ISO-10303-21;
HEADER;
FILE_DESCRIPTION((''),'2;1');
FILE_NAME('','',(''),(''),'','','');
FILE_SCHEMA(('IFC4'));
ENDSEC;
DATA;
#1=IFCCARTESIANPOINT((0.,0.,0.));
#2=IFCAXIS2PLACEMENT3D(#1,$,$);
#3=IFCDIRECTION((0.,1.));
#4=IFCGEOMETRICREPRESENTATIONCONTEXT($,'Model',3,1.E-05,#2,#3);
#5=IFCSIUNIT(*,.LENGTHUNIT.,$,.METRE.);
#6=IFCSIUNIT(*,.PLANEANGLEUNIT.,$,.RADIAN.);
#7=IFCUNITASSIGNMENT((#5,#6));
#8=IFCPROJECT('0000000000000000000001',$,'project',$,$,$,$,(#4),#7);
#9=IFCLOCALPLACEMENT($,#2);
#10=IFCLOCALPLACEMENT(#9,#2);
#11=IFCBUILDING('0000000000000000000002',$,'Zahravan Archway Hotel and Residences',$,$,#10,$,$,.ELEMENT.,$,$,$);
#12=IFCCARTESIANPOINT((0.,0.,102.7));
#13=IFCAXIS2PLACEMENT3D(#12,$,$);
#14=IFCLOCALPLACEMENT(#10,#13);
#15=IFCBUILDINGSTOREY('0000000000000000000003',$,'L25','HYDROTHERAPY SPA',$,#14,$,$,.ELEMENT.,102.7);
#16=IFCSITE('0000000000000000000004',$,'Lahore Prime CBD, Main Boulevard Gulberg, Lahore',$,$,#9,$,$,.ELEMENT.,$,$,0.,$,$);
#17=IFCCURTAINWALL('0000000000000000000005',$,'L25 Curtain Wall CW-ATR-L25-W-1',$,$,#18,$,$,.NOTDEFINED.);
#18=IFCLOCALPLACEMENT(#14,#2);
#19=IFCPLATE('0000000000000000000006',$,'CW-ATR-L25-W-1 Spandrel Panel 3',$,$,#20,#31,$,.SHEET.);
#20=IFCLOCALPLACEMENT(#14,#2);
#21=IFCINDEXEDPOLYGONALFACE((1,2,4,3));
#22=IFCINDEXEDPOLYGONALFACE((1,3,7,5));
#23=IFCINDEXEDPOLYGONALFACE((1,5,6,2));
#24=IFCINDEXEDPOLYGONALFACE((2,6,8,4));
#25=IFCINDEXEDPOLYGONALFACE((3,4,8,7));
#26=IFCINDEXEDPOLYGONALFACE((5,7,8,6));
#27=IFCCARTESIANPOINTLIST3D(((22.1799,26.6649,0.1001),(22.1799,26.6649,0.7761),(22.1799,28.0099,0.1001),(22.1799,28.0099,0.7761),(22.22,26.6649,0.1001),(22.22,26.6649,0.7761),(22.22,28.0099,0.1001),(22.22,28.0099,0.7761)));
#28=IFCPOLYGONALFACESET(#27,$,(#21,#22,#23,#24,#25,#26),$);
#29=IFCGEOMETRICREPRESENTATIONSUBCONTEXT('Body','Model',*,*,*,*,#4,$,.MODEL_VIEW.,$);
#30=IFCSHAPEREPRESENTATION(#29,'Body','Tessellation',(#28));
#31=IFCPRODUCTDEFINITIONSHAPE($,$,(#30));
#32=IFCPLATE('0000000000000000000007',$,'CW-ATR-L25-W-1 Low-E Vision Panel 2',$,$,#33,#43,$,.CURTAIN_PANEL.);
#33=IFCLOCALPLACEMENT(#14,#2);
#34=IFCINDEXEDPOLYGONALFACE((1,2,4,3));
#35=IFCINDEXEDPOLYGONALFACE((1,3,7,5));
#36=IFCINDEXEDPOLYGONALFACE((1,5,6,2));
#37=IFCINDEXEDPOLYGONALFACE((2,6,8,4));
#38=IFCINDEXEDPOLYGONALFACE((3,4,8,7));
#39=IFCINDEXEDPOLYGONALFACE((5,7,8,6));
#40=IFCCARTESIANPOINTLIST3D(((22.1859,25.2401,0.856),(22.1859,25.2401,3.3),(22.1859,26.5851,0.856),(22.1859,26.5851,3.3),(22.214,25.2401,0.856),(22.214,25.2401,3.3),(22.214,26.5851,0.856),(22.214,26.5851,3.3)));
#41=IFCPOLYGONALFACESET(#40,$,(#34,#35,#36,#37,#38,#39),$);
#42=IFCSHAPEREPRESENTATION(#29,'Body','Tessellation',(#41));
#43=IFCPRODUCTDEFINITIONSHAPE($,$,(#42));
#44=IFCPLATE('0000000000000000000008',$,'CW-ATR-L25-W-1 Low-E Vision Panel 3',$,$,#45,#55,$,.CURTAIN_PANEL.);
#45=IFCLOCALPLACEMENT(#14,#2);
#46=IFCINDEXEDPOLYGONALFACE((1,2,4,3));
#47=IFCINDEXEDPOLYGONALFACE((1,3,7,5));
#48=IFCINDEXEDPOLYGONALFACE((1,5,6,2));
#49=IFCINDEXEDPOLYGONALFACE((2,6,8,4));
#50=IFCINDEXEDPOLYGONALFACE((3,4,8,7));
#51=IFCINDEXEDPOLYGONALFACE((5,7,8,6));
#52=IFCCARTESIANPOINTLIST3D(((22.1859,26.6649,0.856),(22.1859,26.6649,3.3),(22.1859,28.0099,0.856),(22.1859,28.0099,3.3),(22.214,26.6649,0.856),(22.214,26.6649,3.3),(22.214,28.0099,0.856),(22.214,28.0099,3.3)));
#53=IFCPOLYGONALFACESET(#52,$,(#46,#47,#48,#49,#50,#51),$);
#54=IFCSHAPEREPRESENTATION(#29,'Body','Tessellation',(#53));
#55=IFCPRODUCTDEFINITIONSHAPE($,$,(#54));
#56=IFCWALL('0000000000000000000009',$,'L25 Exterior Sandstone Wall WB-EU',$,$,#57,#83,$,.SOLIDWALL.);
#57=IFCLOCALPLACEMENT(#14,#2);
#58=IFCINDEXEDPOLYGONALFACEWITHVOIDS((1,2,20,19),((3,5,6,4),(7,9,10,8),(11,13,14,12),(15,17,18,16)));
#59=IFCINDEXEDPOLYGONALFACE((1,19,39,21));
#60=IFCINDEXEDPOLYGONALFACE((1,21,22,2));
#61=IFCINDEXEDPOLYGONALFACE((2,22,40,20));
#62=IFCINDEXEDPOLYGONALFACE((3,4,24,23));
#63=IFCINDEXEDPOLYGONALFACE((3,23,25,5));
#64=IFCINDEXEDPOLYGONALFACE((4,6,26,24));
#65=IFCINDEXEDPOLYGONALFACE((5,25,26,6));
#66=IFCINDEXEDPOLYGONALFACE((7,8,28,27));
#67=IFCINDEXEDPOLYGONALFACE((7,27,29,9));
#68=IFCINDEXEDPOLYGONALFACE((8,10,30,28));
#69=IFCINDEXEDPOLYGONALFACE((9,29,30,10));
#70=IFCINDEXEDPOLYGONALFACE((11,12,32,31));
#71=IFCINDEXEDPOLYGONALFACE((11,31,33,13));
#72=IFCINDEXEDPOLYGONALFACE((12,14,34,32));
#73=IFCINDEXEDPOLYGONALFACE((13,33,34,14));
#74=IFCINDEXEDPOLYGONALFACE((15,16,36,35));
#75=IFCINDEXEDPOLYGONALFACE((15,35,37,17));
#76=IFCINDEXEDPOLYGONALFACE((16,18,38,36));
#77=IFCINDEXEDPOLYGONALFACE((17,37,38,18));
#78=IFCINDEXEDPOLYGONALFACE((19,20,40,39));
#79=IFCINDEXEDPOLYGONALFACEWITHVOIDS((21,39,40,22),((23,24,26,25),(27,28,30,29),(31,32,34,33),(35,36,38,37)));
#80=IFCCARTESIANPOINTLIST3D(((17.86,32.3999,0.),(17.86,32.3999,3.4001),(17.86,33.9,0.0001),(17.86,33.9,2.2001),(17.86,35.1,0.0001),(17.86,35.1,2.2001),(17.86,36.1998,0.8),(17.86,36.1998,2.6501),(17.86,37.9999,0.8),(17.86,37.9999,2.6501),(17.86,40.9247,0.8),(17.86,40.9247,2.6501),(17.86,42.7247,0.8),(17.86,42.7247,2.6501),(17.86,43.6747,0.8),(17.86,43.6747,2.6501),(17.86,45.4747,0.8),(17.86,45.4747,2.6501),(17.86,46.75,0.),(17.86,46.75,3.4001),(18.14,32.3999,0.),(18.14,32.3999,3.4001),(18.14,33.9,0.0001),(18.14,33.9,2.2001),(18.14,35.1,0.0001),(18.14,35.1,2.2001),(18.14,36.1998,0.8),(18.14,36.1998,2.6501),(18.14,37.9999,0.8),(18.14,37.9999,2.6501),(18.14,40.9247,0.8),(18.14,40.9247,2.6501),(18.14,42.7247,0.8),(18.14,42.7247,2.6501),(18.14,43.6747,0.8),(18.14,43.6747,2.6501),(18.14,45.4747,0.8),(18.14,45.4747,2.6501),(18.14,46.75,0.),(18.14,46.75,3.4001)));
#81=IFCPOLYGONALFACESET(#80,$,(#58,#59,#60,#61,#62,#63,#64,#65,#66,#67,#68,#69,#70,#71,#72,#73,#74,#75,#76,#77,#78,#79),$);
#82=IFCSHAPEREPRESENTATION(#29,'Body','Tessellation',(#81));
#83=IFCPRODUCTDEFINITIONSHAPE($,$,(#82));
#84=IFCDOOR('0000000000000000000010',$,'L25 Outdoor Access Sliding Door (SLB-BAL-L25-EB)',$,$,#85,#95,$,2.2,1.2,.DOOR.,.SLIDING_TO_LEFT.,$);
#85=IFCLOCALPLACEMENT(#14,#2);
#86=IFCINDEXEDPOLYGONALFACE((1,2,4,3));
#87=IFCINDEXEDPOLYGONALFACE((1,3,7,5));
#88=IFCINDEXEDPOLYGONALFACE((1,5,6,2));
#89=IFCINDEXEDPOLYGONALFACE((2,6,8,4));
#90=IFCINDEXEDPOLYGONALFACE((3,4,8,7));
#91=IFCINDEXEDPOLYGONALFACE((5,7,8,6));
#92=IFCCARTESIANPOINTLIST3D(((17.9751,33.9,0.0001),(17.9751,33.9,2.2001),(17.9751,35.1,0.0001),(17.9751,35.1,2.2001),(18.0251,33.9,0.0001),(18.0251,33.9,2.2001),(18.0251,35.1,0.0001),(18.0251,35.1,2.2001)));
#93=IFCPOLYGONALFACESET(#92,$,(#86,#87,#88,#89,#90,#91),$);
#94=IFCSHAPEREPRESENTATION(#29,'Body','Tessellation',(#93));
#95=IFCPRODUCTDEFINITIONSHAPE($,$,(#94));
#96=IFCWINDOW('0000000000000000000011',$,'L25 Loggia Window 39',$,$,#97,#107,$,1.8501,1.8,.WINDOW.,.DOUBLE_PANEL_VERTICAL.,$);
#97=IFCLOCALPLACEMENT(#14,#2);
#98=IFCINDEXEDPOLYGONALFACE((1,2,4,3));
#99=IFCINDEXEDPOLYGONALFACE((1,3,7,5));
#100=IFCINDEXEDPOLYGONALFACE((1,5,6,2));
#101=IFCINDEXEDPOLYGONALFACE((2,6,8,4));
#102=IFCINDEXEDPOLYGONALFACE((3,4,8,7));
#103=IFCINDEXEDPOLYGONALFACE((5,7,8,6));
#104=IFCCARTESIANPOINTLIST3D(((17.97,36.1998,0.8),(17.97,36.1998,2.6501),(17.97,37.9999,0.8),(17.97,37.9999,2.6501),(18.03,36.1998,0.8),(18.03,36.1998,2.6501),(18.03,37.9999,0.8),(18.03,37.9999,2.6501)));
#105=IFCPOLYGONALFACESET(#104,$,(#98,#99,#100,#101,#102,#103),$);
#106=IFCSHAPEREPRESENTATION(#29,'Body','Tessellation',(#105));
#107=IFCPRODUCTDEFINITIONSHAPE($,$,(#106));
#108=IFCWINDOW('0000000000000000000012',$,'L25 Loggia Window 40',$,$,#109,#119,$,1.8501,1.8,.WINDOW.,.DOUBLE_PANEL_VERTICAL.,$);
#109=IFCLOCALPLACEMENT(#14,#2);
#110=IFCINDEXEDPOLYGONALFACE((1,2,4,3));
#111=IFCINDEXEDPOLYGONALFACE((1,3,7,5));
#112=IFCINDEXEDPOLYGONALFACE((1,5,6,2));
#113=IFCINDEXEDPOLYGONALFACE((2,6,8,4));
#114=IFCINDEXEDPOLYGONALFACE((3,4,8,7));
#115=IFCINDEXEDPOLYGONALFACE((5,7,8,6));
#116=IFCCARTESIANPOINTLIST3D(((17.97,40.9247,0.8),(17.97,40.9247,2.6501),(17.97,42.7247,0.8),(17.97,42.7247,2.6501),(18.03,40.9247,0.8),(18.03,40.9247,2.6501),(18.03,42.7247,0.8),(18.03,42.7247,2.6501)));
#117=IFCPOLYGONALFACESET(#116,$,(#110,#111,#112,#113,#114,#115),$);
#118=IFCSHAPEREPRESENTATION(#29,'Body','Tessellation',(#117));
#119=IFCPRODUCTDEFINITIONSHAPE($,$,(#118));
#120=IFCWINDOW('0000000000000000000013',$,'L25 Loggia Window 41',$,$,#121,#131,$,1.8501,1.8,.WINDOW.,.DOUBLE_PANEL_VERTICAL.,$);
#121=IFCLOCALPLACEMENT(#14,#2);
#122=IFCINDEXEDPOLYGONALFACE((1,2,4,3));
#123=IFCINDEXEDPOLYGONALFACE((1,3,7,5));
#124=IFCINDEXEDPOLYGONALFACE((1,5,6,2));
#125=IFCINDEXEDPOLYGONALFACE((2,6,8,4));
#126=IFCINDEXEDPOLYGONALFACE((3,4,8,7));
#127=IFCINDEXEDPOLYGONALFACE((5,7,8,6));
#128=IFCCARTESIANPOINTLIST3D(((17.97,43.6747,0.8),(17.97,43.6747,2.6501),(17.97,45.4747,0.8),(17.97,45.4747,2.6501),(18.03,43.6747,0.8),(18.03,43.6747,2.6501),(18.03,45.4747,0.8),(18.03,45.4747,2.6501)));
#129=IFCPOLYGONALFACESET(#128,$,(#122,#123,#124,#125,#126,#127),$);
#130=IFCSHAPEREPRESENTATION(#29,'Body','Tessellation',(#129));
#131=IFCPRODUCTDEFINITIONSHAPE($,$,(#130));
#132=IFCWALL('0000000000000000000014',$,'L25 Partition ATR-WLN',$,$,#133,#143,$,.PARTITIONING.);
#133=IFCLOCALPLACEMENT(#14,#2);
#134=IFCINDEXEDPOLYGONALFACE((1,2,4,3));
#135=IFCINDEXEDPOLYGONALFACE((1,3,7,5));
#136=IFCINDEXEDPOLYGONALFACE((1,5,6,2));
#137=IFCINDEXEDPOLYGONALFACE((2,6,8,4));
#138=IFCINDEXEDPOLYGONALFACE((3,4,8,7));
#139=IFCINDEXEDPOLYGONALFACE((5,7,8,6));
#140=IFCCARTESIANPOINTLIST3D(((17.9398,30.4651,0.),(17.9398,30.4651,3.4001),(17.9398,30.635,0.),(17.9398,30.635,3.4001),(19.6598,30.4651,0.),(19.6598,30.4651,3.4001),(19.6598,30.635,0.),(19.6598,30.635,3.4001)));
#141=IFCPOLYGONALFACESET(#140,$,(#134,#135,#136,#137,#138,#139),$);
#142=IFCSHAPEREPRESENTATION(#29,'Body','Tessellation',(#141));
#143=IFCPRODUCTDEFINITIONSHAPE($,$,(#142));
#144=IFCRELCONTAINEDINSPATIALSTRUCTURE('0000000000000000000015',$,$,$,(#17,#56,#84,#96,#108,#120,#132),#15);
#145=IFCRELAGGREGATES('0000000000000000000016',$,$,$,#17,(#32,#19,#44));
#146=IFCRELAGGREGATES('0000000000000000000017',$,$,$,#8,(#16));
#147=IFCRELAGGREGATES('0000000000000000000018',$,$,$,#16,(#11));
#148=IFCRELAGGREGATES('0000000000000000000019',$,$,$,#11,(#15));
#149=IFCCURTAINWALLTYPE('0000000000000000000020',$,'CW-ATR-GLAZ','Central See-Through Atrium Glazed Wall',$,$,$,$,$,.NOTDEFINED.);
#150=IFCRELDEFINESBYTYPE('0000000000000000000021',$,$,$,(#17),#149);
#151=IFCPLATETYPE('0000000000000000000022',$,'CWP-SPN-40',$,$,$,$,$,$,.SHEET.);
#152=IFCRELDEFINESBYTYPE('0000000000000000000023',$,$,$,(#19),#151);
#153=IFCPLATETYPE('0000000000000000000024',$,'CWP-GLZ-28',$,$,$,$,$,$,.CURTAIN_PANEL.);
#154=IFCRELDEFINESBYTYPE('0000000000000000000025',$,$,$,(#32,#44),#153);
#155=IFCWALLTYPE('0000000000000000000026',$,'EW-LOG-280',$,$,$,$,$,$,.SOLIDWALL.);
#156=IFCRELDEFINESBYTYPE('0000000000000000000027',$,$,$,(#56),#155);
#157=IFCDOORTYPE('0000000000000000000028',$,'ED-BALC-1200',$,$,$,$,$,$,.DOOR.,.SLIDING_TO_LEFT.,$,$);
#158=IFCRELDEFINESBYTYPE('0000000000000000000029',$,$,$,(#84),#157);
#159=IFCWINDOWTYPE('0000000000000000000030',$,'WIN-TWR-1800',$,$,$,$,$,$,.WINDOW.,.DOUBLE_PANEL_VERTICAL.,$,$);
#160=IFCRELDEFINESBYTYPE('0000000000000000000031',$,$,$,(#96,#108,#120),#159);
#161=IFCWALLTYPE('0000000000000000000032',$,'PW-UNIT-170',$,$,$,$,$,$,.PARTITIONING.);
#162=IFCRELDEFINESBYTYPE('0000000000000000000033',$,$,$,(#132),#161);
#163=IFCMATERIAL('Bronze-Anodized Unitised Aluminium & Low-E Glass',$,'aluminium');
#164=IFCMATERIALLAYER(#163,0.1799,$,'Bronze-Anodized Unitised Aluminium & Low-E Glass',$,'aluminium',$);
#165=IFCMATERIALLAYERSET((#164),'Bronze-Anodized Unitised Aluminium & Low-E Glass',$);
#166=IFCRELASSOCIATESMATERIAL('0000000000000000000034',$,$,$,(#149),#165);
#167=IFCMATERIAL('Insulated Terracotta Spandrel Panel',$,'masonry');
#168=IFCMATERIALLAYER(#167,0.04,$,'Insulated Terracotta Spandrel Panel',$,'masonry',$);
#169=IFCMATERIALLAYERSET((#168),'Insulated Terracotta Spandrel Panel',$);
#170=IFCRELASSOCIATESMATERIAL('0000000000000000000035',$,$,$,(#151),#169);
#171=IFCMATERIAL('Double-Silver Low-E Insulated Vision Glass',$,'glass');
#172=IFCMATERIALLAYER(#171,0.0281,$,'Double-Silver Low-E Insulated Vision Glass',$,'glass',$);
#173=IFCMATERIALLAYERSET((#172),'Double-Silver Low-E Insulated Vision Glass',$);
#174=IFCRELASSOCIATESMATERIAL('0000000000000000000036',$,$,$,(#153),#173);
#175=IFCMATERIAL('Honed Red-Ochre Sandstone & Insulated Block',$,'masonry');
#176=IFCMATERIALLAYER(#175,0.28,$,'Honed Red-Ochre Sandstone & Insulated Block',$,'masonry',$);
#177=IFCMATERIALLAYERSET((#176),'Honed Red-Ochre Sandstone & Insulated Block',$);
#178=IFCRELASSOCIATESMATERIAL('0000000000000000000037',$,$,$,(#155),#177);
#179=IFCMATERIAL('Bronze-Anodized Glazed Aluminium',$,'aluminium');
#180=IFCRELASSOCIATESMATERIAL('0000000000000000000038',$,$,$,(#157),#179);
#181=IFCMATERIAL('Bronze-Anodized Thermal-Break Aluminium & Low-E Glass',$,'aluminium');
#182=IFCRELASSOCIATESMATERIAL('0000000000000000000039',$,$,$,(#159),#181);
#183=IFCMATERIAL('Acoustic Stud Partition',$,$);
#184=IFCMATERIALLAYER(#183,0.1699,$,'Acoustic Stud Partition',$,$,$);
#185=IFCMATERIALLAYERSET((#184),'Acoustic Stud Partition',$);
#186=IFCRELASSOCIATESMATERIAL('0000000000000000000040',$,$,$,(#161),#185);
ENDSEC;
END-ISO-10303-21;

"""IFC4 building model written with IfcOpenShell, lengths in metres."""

from ifc_helpers import new_model, si_unit, direction, frame, frame_2d, origin, origin_2d, place, context, subcontext, project, spatial, rectangle, extrude, source, transform, mapped, material, layer, layer_set, type_object, type_shapes, element, fill, aggregate, save


model = new_model("IFC4")

# Units and contexts
model_context = context("Model", 3, precision=1e-05, world=origin(), true_north=direction((0.0, 1.0)))
body_context = subcontext(model_context, "Body", "Model", "MODEL_VIEW")
ifc_project = project(units=[si_unit("LENGTHUNIT", "METRE"), si_unit("PLANEANGLEUNIT", "RADIAN")], contexts=[model_context])

# Site, building, storey
site_placement = place(None, origin())
site = spatial("IfcSite", under=ifc_project, at=site_placement, Name="Lahore Prime CBD, Main Boulevard Gulberg, Lahore", CompositionType="ELEMENT", RefElevation=0.0)
building_placement = place(site_placement, origin())
building = spatial("IfcBuilding", under=site, at=building_placement, Name="Zahravan Archway Hotel and Residences", CompositionType="ELEMENT")
storey_placement = place(building_placement, frame((0.0, 0.0, 102.7)))
storey = spatial("IfcBuildingStorey", under=building, at=storey_placement, Name="L25", Description="HYDROTHERAPY SPA", CompositionType="ELEMENT", Elevation=102.7)

# Curtain wall
ifc_material_1 = material(Name="Bronze-Anodized Unitised Aluminium & Low-E Glass", Category="aluminium")
ifc_layer_1 = layer(ifc_material_1, 0.1799, Name="Bronze-Anodized Unitised Aluminium & Low-E Glass", Category="aluminium")
ifc_layer_set_1 = layer_set([ifc_layer_1], Name="Bronze-Anodized Unitised Aluminium & Low-E Glass")
curtain_wall_type = type_object("IfcCurtainWallType", Name="CW-ATR-GLAZ", Description="Central See-Through Atrium Glazed Wall", PredefinedType="NOTDEFINED", material=ifc_layer_set_1)
curtain_wall_1_placement = place(storey_placement, origin())
curtain_wall_1 = element("IfcCurtainWall", 1, at=curtain_wall_1_placement, inside=storey, type_object=curtain_wall_type, Name="L25 Curtain Wall CW-ATR-L25-W-1", PredefinedType="NOTDEFINED")

# Plates
ifc_material_2 = material(Name="Insulated Terracotta Spandrel Panel", Category="masonry")
ifc_layer_2 = layer(ifc_material_2, 0.04, Name="Insulated Terracotta Spandrel Panel", Category="masonry")
ifc_layer_set_2 = layer_set([ifc_layer_2], Name="Insulated Terracotta Spandrel Panel")
plate_type_1 = type_object("IfcPlateType", Name="CWP-SPN-40", PredefinedType="SHEET", material=ifc_layer_set_2)
ifc_material_3 = material(Name="Double-Silver Low-E Insulated Vision Glass", Category="glass")
ifc_layer_3 = layer(ifc_material_3, 0.0281, Name="Double-Silver Low-E Insulated Vision Glass", Category="glass")
ifc_layer_set_3 = layer_set([ifc_layer_3], Name="Double-Silver Low-E Insulated Vision Glass")
plate_type_2 = type_object("IfcPlateType", Name="CWP-GLZ-28", PredefinedType="CURTAIN_PANEL", material=ifc_layer_set_3)
shared_shape_1 = source(origin(), body_context, "Body", "SweptSolid", [
    extrude(rectangle(XDim=1.345, YDim=0.04, at=origin_2d()), origin(), (0.0, 0.0, 1.0), 0.676),
])
plate_1_placement = place(storey_placement, frame((22.2, 27.3374, 0.1001), z_axis=(0.0, 0.0, 1.0), x_axis=(0.0, 1.0, 0.0)))
plate_1 = element("IfcPlate", 2, at=plate_1_placement, type_object=plate_type_1, Name="CW-ATR-L25-W-1 Spandrel Panel 3", PredefinedType="SHEET", context=body_context, shape_type="MappedRepresentation", body=[
    mapped(shared_shape_1, transform((0.0, 0.0, 0.0), scale=1.0)),
])
shared_shape_2 = source(origin(), body_context, "Body", "SweptSolid", [
    extrude(rectangle(XDim=1.345, YDim=0.0281, at=origin_2d()), origin(), (0.0, 0.0, 1.0), 2.4441),
])
plate_2_placement = place(storey_placement, frame((22.2, 25.9126, 0.856), z_axis=(0.0, 0.0, 1.0), x_axis=(0.0, 1.0, 0.0)))
plate_2 = element("IfcPlate", 3, at=plate_2_placement, type_object=plate_type_2, Name="CW-ATR-L25-W-1 Low-E Vision Panel 2", PredefinedType="CURTAIN_PANEL", context=body_context, shape_type="MappedRepresentation", body=[
    mapped(shared_shape_2, transform((0.0, 0.0, 0.0), scale=1.0)),
])
plate_3_placement = place(storey_placement, frame((22.2, 27.3374, 0.856), z_axis=(0.0, 0.0, 1.0), x_axis=(0.0, 1.0, 0.0)))
plate_3 = element("IfcPlate", 4, at=plate_3_placement, type_object=plate_type_2, Name="CW-ATR-L25-W-1 Low-E Vision Panel 3", PredefinedType="CURTAIN_PANEL", context=body_context, shape_type="MappedRepresentation", body=[
    mapped(shared_shape_2, transform((0.0, 0.0, 0.0), scale=1.0)),
])
aggregate(curtain_wall_1, [plate_2, plate_1, plate_3])

# Wall, openings, door, windows
ifc_material_4 = material(Name="Honed Red-Ochre Sandstone & Insulated Block", Category="masonry")
ifc_layer_4 = layer(ifc_material_4, 0.28, Name="Honed Red-Ochre Sandstone & Insulated Block", Category="masonry")
ifc_layer_set_4 = layer_set([ifc_layer_4], Name="Honed Red-Ochre Sandstone & Insulated Block")
wall_type_1 = type_object("IfcWallType", Name="EW-LOG-280", PredefinedType="SOLIDWALL", material=ifc_layer_set_4)
wall_1_placement = place(storey_placement, frame((18.0, 32.3999, 0.0), z_axis=(0.0, 0.0, 1.0), x_axis=(0.0, 1.0, 0.0)))
wall_1 = element("IfcWall", 5, at=wall_1_placement, inside=storey, type_object=wall_type_1, Name="L25 Exterior Sandstone Wall WB-EU", PredefinedType="SOLIDWALL", context=body_context, shape_type="SweptSolid", body=[
    extrude(rectangle(XDim=14.3501, YDim=0.28, at=frame_2d((7.175, 0.0))), origin(), (0.0, 0.0, 1.0), 3.4001),
])
opening_1_placement = place(wall_1_placement, frame((1.5, 0.0, 0.0)))
opening_1 = element("IfcOpeningElement", 6, at=opening_1_placement, cuts=wall_1, PredefinedType="OPENING", context=body_context, shape_type="SweptSolid", body=[
    extrude(rectangle(XDim=1.2, YDim=2.2, at=frame_2d((0.6001, 1.1001))), frame((0.0, 0.1499, 0.0), z_axis=(0.0, -1.0, 0.0), x_axis=(1.0, 0.0, 0.0)), (0.0, 0.0, 1.0), 0.3),
])
opening_2_placement = place(wall_1_placement, frame((3.8, 0.0, 0.8)))
opening_2 = element("IfcOpeningElement", 7, at=opening_2_placement, cuts=wall_1, PredefinedType="OPENING", context=body_context, shape_type="SweptSolid", body=[
    extrude(rectangle(XDim=1.8, YDim=1.8501, at=frame_2d((0.8999, 0.925))), frame((0.0, 0.1499, 0.0), z_axis=(0.0, -1.0, 0.0), x_axis=(1.0, 0.0, 0.0)), (0.0, 0.0, 1.0), 0.3),
])
opening_3_placement = place(wall_1_placement, frame((8.5249, 0.0, 0.8)))
opening_3 = element("IfcOpeningElement", 8, at=opening_3_placement, cuts=wall_1, PredefinedType="OPENING", context=body_context, shape_type="SweptSolid", body=[
    extrude(rectangle(XDim=1.8, YDim=1.8501, at=frame_2d((0.8999, 0.925))), frame((0.0, 0.1499, 0.0), z_axis=(0.0, -1.0, 0.0), x_axis=(1.0, 0.0, 0.0)), (0.0, 0.0, 1.0), 0.3),
])
opening_4_placement = place(wall_1_placement, frame((11.2749, 0.0, 0.8)))
opening_4 = element("IfcOpeningElement", 9, at=opening_4_placement, cuts=wall_1, PredefinedType="OPENING", context=body_context, shape_type="SweptSolid", body=[
    extrude(rectangle(XDim=1.8, YDim=1.8501, at=frame_2d((0.8999, 0.925))), frame((0.0, 0.1499, 0.0), z_axis=(0.0, -1.0, 0.0), x_axis=(1.0, 0.0, 0.0)), (0.0, 0.0, 1.0), 0.3),
])
ifc_material_5 = material(Name="Bronze-Anodized Glazed Aluminium", Category="aluminium")
door_type = type_object("IfcDoorType", Name="ED-BALC-1200", OperationType="SLIDING_TO_LEFT", PredefinedType="DOOR", material=ifc_material_5)
shared_shape_3 = source(origin(), body_context, "Body", "SweptSolid", [
    extrude(rectangle(XDim=1.2, YDim=2.2, at=frame_2d((0.6001, 1.1001))), frame((0.0, 0.0249, 0.0), z_axis=(0.0, -1.0, 0.0), x_axis=(1.0, 0.0, 0.0)), (0.0, 0.0, 1.0), 0.05),
])
type_shapes(door_type, [shared_shape_3])
door_placement = place(opening_1_placement, origin())
door = element("IfcDoor", 10, at=door_placement, inside=storey, type_object=door_type, Name="L25 Outdoor Access Sliding Door (SLB-BAL-L25-EB)", OperationType="SLIDING_TO_LEFT", OverallHeight=2.2, OverallWidth=1.2, PredefinedType="DOOR", context=body_context, shape_type="MappedRepresentation", body=[
    mapped(shared_shape_3, transform((0.0, 0.0, 0.0), scale=1.0)),
])
fill(opening_1, door)
ifc_material_6 = material(Name="Bronze-Anodized Thermal-Break Aluminium & Low-E Glass", Category="aluminium")
window_type = type_object("IfcWindowType", Name="WIN-TWR-1800", PartitioningType="DOUBLE_PANEL_VERTICAL", PredefinedType="WINDOW", material=ifc_material_6)
shared_shape_4 = source(origin(), body_context, "Body", "SweptSolid", [
    extrude(rectangle(XDim=1.8, YDim=1.8501, at=frame_2d((0.8999, 0.925))), frame((0.0, 0.03, 0.0), z_axis=(0.0, -1.0, 0.0), x_axis=(1.0, 0.0, 0.0)), (0.0, 0.0, 1.0), 0.0601),
])
type_shapes(window_type, [shared_shape_4])
window_1_placement = place(opening_2_placement, origin())
window_1 = element("IfcWindow", 11, at=window_1_placement, inside=storey, type_object=window_type, Name="L25 Loggia Window 39", OverallHeight=1.8501, OverallWidth=1.8, PartitioningType="DOUBLE_PANEL_VERTICAL", PredefinedType="WINDOW", context=body_context, shape_type="MappedRepresentation", body=[
    mapped(shared_shape_4, transform((0.0, 0.0, 0.0), scale=1.0)),
])
fill(opening_2, window_1)
window_2_placement = place(opening_3_placement, origin())
window_2 = element("IfcWindow", 12, at=window_2_placement, inside=storey, type_object=window_type, Name="L25 Loggia Window 40", OverallHeight=1.8501, OverallWidth=1.8, PartitioningType="DOUBLE_PANEL_VERTICAL", PredefinedType="WINDOW", context=body_context, shape_type="MappedRepresentation", body=[
    mapped(shared_shape_4, transform((0.0, 0.0, 0.0), scale=1.0)),
])
fill(opening_3, window_2)
window_3_placement = place(opening_4_placement, origin())
window_3 = element("IfcWindow", 13, at=window_3_placement, inside=storey, type_object=window_type, Name="L25 Loggia Window 41", OverallHeight=1.8501, OverallWidth=1.8, PartitioningType="DOUBLE_PANEL_VERTICAL", PredefinedType="WINDOW", context=body_context, shape_type="MappedRepresentation", body=[
    mapped(shared_shape_4, transform((0.0, 0.0, 0.0), scale=1.0)),
])
fill(opening_4, window_3)

# Wall
ifc_material_7 = material(Name="Acoustic Stud Partition")
ifc_layer_5 = layer(ifc_material_7, 0.1699, Name="Acoustic Stud Partition")
ifc_layer_set_5 = layer_set([ifc_layer_5], Name="Acoustic Stud Partition")
wall_type_2 = type_object("IfcWallType", Name="PW-UNIT-170", PredefinedType="PARTITIONING", material=ifc_layer_set_5)
wall_2_placement = place(storey_placement, frame((17.9399, 30.55, 0.0), z_axis=(0.0, 0.0, 1.0), x_axis=(1.0, 0.0, 0.0)))
element("IfcWall", 14, at=wall_2_placement, inside=storey, type_object=wall_type_2, Name="L25 Partition ATR-WLN", PredefinedType="PARTITIONING", context=body_context, shape_type="SweptSolid", body=[
    extrude(rectangle(XDim=1.72, YDim=0.1699, at=frame_2d((0.8599, 0.0))), origin(), (0.0, 0.0, 1.0), 3.4001),
])

save(model, "model.ifc")
